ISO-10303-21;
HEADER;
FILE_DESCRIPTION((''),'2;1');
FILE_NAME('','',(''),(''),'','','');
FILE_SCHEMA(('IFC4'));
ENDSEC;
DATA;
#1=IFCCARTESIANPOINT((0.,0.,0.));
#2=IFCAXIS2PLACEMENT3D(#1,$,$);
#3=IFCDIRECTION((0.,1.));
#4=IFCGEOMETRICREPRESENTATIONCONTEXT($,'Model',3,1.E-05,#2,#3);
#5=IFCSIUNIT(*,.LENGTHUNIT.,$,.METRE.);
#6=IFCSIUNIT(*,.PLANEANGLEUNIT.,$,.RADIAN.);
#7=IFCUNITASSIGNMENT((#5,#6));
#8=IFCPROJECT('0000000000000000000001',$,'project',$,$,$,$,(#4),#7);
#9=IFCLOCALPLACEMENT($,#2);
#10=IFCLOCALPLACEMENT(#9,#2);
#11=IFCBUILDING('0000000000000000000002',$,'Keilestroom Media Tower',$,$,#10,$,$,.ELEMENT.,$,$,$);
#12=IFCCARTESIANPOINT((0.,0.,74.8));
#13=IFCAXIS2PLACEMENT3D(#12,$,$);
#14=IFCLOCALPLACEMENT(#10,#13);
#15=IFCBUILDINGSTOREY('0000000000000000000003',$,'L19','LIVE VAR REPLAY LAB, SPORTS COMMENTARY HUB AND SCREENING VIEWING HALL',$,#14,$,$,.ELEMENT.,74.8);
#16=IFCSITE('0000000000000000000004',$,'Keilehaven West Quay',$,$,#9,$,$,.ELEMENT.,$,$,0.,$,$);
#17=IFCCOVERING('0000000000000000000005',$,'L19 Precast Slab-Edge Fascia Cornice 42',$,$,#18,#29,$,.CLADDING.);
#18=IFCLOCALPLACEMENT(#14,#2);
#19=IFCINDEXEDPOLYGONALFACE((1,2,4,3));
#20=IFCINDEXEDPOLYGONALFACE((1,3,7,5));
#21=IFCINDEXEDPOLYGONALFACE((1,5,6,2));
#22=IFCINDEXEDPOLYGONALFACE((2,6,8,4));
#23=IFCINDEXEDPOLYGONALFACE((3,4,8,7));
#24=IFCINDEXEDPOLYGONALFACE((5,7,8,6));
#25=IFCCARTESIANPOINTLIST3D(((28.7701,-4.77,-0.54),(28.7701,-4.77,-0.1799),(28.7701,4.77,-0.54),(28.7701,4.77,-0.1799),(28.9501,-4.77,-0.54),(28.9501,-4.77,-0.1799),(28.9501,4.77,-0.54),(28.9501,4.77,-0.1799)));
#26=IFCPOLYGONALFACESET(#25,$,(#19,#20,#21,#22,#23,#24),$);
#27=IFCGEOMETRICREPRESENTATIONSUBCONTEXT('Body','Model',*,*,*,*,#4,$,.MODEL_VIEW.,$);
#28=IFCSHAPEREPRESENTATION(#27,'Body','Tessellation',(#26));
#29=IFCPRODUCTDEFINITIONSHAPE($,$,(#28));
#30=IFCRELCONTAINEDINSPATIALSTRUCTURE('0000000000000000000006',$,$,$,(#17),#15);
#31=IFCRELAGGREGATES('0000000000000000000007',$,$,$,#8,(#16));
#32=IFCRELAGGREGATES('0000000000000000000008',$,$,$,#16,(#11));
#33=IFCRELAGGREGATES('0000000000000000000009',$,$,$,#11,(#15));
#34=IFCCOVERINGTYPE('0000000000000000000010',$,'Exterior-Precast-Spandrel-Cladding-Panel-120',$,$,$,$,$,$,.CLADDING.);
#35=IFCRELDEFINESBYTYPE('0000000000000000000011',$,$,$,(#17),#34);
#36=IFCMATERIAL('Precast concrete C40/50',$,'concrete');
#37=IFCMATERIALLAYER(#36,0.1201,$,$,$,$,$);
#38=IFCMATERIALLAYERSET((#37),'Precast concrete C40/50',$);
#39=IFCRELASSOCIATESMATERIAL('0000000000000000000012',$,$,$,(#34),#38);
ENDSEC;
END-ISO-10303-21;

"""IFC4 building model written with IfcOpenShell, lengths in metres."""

from ifc_helpers import new_model, si_unit, direction, frame, origin, origin_2d, place, context, subcontext, project, spatial, rectangle, extrude, source, transform, mapped, material, layer, layer_set, type_object, element, save


model = new_model("IFC4")

# Units and contexts
model_context = context("Model", 3, precision=1e-05, world=origin(), true_north=direction((0.0, 1.0)))
body_context = subcontext(model_context, "Body", "Model", "MODEL_VIEW")
ifc_project = project(units=[si_unit("LENGTHUNIT", "METRE"), si_unit("PLANEANGLEUNIT", "RADIAN")], contexts=[model_context])

# Site, building, storey
site_placement = place(None, origin())
site = spatial("IfcSite", under=ifc_project, at=site_placement, Name="Keilehaven West Quay", CompositionType="ELEMENT", RefElevation=0.0)
building_placement = place(site_placement, origin())
building = spatial("IfcBuilding", under=site, at=building_placement, Name="Keilestroom Media Tower", CompositionType="ELEMENT")
storey_placement = place(building_placement, frame((0.0, 0.0, 74.8)))
storey = spatial("IfcBuildingStorey", under=building, at=storey_placement, Name="L19", Description="LIVE VAR REPLAY LAB, SPORTS COMMENTARY HUB AND SCREENING VIEWING HALL", CompositionType="ELEMENT", Elevation=74.8)

# Shared definitions
ifc_material_1 = material(Name="Precast concrete C40/50", Category="concrete")

# Covering
ifc_layer_1 = layer(ifc_material_1, 0.1201)
ifc_layer_set_1 = layer_set([ifc_layer_1], Name="Precast concrete C40/50")
covering_type = type_object("IfcCoveringType", Name="Exterior-Precast-Spandrel-Cladding-Panel-120", PredefinedType="CLADDING", material=ifc_layer_set_1)
shared_shape_1 = source(origin(), body_context, "Body", "SweptSolid", [
    extrude(rectangle(XDim=9.54, YDim=0.1799, at=origin_2d()), origin(), (0.0, 0.0, 1.0), 0.3601),
])
covering_placement = place(storey_placement, frame((28.8601, 0.0, -0.54), z_axis=(0.0, 0.0, 1.0), x_axis=(0.0, -1.0, 0.0)))
element("IfcCovering", 1, at=covering_placement, inside=storey, type_object=covering_type, Name="L19 Precast Slab-Edge Fascia Cornice 42", PredefinedType="CLADDING", context=body_context, shape_type="MappedRepresentation", body=[
    mapped(shared_shape_1, transform((0.0, 0.0, 0.0), x_axis=(1.0, 0.0, 0.0), y_axis=(0.0, 1.0, 0.0), z_axis=(0.0, 0.0, 1.0), scale=1.0)),
])

save(model, "model.ifc")
